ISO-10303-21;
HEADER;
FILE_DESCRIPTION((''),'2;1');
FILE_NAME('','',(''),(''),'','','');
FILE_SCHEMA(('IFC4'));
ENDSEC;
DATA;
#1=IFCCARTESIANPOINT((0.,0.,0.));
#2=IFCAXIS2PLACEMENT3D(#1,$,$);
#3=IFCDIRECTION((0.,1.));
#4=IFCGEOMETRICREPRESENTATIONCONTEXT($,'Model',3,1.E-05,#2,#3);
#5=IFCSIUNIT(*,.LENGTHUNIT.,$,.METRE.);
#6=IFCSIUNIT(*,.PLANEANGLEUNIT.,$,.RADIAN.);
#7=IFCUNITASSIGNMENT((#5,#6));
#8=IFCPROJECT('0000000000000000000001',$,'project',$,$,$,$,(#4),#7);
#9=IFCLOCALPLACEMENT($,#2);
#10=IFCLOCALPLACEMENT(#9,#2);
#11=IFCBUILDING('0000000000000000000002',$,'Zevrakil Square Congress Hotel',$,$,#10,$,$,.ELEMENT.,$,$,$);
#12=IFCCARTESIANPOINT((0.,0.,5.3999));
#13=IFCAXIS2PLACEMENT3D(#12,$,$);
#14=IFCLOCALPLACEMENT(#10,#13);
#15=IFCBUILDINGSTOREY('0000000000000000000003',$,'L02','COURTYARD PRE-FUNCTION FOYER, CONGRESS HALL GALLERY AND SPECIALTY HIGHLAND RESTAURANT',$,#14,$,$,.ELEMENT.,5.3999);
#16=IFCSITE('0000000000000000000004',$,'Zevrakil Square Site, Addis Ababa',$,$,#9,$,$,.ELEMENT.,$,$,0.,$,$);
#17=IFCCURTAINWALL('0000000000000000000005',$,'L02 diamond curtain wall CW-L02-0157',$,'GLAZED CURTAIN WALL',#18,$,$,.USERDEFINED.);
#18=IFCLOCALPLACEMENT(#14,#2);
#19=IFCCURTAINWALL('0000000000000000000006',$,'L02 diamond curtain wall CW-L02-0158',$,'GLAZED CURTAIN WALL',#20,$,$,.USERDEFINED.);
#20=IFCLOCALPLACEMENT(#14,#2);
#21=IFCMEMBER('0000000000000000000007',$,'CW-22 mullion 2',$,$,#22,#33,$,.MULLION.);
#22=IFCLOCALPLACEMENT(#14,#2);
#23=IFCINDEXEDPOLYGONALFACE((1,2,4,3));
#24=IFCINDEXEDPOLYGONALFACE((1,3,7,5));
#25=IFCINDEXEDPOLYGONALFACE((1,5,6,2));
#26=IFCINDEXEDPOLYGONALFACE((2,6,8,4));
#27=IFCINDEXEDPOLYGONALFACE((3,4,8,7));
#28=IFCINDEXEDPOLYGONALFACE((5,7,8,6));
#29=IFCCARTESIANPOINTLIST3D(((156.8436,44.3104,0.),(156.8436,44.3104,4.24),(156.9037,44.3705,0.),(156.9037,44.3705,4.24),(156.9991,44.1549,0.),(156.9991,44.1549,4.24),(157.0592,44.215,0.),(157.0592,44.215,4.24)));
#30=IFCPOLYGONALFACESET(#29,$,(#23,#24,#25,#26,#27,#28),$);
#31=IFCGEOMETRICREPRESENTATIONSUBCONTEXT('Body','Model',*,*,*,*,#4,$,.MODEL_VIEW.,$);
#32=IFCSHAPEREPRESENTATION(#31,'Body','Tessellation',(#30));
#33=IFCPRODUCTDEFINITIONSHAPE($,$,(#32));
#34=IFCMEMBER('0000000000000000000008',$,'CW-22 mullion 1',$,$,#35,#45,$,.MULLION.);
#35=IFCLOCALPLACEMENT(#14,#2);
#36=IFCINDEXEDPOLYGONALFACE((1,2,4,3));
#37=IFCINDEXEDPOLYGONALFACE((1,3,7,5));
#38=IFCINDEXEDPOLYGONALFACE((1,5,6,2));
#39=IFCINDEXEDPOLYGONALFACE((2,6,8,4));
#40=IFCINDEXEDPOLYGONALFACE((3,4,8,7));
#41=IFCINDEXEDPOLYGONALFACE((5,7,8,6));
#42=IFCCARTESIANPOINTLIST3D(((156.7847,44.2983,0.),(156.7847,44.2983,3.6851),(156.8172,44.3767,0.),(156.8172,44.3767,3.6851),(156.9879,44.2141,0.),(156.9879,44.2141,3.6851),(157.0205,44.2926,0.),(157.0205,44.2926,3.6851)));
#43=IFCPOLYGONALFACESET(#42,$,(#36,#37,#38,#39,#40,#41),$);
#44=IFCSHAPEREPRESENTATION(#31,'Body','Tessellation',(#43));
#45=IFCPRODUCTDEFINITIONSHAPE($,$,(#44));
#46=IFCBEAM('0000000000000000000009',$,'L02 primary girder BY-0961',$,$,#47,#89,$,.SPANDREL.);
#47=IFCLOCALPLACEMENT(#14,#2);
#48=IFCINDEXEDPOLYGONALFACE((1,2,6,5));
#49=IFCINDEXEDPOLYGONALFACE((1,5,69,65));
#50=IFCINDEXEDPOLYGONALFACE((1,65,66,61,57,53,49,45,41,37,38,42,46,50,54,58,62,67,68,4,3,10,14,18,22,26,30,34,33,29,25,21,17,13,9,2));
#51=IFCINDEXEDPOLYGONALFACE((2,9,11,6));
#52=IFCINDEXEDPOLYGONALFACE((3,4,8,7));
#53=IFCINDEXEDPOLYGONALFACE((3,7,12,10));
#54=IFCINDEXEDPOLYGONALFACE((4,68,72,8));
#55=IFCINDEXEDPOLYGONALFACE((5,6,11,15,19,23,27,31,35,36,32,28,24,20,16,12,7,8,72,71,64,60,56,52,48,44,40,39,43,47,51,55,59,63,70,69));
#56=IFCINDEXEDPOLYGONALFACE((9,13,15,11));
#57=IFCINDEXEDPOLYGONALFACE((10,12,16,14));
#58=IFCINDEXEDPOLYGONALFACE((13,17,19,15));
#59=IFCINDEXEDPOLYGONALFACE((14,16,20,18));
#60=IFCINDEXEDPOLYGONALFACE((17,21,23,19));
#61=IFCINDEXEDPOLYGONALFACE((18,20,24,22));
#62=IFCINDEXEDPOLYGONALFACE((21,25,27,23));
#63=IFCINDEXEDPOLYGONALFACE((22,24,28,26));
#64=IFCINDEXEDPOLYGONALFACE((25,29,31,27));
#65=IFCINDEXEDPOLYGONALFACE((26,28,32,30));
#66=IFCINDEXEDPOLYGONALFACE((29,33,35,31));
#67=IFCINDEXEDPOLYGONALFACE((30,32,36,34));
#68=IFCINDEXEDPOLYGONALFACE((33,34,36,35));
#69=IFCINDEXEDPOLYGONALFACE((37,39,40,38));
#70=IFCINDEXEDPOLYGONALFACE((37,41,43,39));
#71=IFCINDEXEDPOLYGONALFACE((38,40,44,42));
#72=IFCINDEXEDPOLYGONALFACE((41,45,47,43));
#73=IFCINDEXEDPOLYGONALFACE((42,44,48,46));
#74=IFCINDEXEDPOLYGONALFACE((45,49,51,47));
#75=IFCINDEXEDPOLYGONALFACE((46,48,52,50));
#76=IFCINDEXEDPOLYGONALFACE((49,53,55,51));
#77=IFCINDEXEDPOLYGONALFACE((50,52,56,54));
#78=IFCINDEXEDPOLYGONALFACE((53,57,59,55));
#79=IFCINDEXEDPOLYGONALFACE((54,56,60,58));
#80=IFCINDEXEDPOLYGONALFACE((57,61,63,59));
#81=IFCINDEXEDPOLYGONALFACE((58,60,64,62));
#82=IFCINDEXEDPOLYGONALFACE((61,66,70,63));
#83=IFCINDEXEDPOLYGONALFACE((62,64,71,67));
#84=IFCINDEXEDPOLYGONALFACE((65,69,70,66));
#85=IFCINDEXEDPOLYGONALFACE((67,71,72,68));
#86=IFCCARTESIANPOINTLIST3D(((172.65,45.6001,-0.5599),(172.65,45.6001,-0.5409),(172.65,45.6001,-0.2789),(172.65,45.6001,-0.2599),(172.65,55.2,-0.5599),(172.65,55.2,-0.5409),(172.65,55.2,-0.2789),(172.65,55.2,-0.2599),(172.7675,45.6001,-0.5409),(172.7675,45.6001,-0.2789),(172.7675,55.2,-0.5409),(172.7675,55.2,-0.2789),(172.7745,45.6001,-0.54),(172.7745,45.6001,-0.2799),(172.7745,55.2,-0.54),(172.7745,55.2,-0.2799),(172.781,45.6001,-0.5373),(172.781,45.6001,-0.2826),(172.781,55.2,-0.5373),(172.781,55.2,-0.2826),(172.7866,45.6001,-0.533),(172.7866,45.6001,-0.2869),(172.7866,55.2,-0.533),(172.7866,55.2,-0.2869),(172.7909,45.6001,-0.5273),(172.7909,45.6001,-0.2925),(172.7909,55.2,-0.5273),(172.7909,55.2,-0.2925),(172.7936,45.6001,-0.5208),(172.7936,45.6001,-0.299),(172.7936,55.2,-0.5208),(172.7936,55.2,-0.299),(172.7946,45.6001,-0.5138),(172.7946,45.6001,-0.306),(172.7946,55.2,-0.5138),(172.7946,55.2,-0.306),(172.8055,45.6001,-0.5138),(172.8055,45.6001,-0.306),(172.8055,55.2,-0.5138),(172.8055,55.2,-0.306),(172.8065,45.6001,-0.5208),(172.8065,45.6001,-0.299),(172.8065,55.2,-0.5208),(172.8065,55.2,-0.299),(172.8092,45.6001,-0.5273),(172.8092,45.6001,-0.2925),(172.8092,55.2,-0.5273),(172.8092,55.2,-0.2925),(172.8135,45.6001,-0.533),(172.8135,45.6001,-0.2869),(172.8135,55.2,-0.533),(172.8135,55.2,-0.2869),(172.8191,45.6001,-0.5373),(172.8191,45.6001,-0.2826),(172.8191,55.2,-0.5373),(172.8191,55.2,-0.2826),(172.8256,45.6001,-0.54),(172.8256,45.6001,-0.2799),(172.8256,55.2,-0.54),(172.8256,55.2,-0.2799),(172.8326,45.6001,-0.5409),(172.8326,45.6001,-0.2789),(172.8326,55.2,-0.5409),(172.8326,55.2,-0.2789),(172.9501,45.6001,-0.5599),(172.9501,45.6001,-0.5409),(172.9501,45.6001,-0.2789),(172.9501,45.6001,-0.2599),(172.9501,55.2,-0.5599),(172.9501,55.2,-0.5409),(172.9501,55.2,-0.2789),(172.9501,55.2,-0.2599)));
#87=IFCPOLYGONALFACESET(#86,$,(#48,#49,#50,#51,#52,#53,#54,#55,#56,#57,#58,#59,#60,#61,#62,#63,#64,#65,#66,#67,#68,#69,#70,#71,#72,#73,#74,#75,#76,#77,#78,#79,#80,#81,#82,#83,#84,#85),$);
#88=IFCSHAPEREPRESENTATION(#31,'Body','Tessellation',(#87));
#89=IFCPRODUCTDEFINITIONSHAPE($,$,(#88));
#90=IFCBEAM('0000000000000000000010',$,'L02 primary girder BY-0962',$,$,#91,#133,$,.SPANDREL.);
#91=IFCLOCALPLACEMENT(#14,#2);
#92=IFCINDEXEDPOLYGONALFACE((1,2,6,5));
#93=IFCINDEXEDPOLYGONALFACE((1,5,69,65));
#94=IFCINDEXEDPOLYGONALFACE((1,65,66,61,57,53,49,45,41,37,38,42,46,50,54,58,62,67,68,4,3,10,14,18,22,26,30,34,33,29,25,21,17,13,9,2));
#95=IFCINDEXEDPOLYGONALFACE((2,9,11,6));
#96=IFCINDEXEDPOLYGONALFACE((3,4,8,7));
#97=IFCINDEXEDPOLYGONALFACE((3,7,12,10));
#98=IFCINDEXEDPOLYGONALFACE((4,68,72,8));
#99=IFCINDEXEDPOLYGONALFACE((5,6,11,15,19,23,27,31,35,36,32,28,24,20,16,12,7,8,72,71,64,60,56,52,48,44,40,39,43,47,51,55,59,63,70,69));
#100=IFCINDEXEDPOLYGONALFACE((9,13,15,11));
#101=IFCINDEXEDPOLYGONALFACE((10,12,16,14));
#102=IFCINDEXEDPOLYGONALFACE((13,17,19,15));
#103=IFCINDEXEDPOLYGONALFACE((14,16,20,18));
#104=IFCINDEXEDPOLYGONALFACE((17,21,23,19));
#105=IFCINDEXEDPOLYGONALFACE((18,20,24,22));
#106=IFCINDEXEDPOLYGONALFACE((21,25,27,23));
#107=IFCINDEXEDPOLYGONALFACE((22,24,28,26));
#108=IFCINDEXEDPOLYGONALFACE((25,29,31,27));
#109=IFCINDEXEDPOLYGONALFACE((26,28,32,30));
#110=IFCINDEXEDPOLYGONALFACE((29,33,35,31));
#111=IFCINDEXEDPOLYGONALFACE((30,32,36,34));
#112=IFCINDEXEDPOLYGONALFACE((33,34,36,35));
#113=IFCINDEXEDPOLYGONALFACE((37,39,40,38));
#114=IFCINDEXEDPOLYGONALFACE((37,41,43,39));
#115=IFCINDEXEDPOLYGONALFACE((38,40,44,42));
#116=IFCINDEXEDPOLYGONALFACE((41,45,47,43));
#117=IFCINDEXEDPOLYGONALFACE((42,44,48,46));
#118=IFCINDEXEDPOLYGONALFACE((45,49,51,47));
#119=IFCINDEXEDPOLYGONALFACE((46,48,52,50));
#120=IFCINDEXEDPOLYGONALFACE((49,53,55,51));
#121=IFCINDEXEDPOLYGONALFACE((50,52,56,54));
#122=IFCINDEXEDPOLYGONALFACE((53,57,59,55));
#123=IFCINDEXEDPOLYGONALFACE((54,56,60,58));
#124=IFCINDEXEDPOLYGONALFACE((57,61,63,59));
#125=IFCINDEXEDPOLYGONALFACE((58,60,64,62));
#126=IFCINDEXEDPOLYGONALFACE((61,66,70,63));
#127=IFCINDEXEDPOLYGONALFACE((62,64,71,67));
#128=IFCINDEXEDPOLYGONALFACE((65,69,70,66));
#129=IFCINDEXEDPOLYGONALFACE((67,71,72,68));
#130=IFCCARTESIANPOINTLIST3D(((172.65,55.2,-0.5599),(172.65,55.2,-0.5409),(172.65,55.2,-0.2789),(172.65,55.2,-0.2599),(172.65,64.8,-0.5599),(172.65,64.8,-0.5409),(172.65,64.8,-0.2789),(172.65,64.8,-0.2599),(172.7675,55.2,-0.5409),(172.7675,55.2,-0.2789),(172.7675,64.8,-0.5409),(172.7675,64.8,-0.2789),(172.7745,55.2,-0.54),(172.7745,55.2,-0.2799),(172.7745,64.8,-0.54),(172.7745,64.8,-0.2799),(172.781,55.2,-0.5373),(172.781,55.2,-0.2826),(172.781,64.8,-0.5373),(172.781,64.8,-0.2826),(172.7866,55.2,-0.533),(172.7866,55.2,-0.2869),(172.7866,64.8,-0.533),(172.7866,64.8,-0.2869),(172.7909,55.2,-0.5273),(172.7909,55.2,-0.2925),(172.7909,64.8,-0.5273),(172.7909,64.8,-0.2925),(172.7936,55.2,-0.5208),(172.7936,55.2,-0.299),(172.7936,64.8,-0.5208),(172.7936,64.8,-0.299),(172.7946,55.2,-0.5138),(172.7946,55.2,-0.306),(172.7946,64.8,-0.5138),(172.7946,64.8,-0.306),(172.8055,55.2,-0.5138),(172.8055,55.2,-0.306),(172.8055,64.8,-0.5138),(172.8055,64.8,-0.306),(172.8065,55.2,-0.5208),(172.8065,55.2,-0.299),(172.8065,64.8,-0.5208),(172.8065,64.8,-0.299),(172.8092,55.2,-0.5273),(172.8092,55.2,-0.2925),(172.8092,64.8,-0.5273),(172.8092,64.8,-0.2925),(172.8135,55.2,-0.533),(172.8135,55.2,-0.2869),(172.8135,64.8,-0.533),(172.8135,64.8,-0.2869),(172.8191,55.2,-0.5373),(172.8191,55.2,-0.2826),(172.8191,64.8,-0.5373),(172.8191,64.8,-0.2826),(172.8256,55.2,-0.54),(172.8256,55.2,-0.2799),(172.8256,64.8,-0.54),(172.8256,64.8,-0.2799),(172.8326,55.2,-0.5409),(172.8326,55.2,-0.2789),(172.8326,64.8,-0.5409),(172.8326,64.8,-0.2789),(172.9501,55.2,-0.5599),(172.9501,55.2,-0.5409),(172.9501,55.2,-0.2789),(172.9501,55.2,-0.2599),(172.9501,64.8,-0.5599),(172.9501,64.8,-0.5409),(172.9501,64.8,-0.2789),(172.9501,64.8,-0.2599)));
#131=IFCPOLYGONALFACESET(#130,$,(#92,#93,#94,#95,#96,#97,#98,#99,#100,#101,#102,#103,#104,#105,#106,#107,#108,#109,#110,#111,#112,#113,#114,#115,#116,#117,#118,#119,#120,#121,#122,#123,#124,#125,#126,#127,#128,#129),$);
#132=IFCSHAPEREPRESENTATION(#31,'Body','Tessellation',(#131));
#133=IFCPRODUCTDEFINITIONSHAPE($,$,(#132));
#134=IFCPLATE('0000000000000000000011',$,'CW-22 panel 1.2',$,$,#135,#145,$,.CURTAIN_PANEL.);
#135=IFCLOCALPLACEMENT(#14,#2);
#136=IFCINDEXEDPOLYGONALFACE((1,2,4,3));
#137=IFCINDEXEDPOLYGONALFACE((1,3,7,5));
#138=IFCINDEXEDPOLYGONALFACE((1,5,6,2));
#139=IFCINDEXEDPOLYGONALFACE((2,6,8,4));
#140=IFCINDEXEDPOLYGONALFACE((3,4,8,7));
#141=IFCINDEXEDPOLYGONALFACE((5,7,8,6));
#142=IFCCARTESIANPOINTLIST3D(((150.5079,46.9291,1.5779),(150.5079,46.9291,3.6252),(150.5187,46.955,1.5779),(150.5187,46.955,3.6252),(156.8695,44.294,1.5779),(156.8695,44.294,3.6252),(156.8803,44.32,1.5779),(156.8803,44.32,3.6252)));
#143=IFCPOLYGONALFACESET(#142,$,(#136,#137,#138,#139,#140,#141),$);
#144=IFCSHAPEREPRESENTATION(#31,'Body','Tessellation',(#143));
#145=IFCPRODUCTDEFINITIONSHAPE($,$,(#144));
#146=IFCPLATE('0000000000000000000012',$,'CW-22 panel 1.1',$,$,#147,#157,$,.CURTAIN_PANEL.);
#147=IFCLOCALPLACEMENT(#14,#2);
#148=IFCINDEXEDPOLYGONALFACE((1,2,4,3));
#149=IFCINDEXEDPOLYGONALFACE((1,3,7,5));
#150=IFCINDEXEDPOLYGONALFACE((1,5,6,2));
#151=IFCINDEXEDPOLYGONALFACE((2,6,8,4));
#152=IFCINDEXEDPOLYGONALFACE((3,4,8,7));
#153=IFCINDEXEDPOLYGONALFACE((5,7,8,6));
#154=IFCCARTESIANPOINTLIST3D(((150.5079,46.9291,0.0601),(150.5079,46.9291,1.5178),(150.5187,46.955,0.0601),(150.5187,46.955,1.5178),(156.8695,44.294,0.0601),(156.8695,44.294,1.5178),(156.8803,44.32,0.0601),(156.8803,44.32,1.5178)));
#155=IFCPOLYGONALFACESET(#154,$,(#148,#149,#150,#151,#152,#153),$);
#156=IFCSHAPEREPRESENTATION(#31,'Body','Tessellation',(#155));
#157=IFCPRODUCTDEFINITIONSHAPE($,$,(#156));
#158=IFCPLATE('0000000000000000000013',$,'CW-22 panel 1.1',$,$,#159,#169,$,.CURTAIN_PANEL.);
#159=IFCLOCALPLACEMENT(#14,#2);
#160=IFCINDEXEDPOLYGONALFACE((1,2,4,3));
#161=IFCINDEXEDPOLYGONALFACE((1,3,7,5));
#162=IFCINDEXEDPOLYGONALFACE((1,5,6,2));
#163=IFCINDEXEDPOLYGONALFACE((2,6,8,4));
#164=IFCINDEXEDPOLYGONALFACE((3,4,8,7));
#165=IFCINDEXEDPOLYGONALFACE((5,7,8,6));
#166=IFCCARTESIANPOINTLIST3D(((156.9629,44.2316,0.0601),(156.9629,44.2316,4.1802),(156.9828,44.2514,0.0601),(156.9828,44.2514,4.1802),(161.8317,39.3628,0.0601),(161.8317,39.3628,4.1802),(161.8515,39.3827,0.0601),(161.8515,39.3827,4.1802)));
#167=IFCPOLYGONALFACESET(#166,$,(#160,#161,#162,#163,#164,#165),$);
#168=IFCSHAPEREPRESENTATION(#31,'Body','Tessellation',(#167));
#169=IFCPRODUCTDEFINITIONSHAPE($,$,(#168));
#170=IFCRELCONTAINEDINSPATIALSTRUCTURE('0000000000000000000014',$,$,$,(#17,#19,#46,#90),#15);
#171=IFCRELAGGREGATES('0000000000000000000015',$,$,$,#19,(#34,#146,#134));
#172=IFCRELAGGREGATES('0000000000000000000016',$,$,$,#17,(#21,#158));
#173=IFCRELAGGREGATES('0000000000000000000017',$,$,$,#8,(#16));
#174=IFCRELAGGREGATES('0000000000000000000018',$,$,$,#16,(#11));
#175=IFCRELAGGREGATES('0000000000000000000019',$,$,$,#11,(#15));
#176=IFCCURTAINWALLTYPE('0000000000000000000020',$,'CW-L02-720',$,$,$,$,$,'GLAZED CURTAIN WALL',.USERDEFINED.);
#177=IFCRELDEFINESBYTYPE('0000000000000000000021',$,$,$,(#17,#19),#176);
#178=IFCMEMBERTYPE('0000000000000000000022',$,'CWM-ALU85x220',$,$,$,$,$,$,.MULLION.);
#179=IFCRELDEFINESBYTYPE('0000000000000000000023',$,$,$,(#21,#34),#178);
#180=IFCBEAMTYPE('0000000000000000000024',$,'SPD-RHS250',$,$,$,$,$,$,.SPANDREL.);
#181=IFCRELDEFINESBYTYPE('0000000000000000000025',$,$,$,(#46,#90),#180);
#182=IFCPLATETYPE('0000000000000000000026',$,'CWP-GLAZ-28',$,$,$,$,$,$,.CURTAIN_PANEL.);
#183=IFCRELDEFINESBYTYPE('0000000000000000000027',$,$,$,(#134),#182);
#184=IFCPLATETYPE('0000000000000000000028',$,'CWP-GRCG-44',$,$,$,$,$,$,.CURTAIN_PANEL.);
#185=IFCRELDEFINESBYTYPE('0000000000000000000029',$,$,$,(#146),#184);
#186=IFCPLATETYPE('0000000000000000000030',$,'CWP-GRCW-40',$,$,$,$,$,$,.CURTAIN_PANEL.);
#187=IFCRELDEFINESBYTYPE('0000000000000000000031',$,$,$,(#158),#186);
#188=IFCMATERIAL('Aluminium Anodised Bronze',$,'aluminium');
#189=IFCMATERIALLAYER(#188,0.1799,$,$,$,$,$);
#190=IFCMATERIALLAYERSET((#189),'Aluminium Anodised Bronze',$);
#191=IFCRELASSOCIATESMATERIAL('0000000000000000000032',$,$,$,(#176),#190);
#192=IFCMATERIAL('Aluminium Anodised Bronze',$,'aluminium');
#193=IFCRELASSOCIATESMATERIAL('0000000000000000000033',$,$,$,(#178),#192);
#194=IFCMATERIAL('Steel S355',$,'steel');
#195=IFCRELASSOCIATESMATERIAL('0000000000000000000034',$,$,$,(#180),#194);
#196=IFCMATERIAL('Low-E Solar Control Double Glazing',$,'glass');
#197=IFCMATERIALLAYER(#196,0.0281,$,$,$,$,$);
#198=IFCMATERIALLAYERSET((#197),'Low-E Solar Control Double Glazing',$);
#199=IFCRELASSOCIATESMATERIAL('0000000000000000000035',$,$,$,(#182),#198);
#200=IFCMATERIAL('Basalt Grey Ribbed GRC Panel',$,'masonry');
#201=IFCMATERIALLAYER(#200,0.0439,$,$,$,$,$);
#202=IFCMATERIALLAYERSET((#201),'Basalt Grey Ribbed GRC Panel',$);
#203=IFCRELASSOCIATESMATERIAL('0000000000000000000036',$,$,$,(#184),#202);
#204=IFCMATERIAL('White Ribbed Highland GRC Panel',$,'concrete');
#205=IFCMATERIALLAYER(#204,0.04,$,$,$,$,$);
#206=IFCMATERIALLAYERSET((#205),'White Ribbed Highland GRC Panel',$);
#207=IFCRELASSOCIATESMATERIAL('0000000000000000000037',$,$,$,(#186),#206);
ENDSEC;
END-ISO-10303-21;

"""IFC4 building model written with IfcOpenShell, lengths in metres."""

from ifc_helpers import new_model, si_unit, direction, frame, origin, origin_2d, place, context, subcontext, project, spatial, rectangle, i_section, extrude, material, layer, layer_set, material_profile, profile_set, type_object, element, aggregate, save


model = new_model("IFC4")

# Units and contexts
model_context = context("Model", 3, precision=1e-05, world=origin(), true_north=direction((0.0, 1.0)))
body_context = subcontext(model_context, "Body", "Model", "MODEL_VIEW")
ifc_project = project(units=[si_unit("LENGTHUNIT", "METRE"), si_unit("PLANEANGLEUNIT", "RADIAN")], contexts=[model_context])

# Site, building, storey
site_placement = place(None, origin())
site = spatial("IfcSite", under=ifc_project, at=site_placement, Name="Zevrakil Square Site, Addis Ababa", CompositionType="ELEMENT", RefElevation=0.0)
building_placement = place(site_placement, origin())
building = spatial("IfcBuilding", under=site, at=building_placement, Name="Zevrakil Square Congress Hotel", CompositionType="ELEMENT")
storey_placement = place(building_placement, frame((0.0, 0.0, 5.3999)))
storey = spatial("IfcBuildingStorey", under=building, at=storey_placement, Name="L02", Description="COURTYARD PRE-FUNCTION FOYER, CONGRESS HALL GALLERY AND SPECIALTY HIGHLAND RESTAURANT", CompositionType="ELEMENT", Elevation=5.3999)

# Curtain walls
ifc_material_1 = material(Name="Aluminium Anodised Bronze", Category="aluminium")
ifc_layer_1 = layer(ifc_material_1, 0.1799)
ifc_layer_set_1 = layer_set([ifc_layer_1], Name="Aluminium Anodised Bronze")
curtain_wall_type = type_object("IfcCurtainWallType", Name="CW-L02-720", ElementType="GLAZED CURTAIN WALL", PredefinedType="USERDEFINED", material=ifc_layer_set_1)
curtain_wall_1_placement = place(storey_placement, origin())
curtain_wall_1 = element("IfcCurtainWall", 1, at=curtain_wall_1_placement, inside=storey, type_object=curtain_wall_type, Name="L02 diamond curtain wall CW-L02-0157", ObjectType="GLAZED CURTAIN WALL", PredefinedType="USERDEFINED")
curtain_wall_2_placement = place(storey_placement, origin())
curtain_wall_2 = element("IfcCurtainWall", 2, at=curtain_wall_2_placement, inside=storey, type_object=curtain_wall_type, Name="L02 diamond curtain wall CW-L02-0158", ObjectType="GLAZED CURTAIN WALL", PredefinedType="USERDEFINED")

# Members
ifc_material_2 = material(Name="Aluminium Anodised Bronze", Category="aluminium")
ifc_material_profile_1 = material_profile(ifc_material_2, rectangle(XDim=0.085, YDim=0.22, at=origin_2d()), Name="ALU 85x220")
ifc_profile_set_1 = profile_set([ifc_material_profile_1], Name="Aluminium Anodised Bronze")
member_type_1 = type_object("IfcMemberType", Name="CWM-ALU85x220", PredefinedType="MULLION", material=ifc_profile_set_1)
member_1_placement = place(storey_placement, frame((156.9514, 44.2627, 0.0), z_axis=(0.0, 0.0, 1.0), x_axis=(-0.707107, -0.707107, 0.0)))
member_1 = element("IfcMember", 3, at=member_1_placement, type_object=member_type_1, Name="CW-22 mullion 2", PredefinedType="MULLION", context=body_context, shape_type="SweptSolid", body=[
    extrude(rectangle(XDim=0.085, YDim=0.22, at=origin_2d()), origin(), (0.0, 0.0, 1.0), 4.24),
])
member_2_placement = place(storey_placement, frame((156.9026, 44.2954, 0.0), z_axis=(0.0, 0.0, 1.0), x_axis=(-0.382684, -0.923879, 0.0)))
member_2 = element("IfcMember", 4, at=member_2_placement, type_object=member_type_1, Name="CW-22 mullion 1", PredefinedType="MULLION", context=body_context, shape_type="SweptSolid", body=[
    extrude(rectangle(XDim=0.085, YDim=0.22, at=origin_2d()), origin(), (0.0, 0.0, 1.0), 3.6851),
])

# Beams
ifc_material_3 = material(Name="Steel S355", Category="steel")
ifc_material_profile_2 = material_profile(ifc_material_3, i_section(OverallWidth=0.3, OverallDepth=0.3, WebThickness=0.011, FlangeThickness=0.019, FilletRadius=0.0271, at=origin_2d()), Name="HEB 300")
ifc_profile_set_2 = profile_set([ifc_material_profile_2], Name="Steel S355")
beam_type = type_object("IfcBeamType", Name="SPD-RHS250", PredefinedType="SPANDREL", material=ifc_profile_set_2)
beam_1_placement = place(storey_placement, frame((172.8, 45.6001, -0.4099), z_axis=(0.0, 1.0, 0.0), x_axis=(-1.0, 0.0, 0.0)))
element("IfcBeam", 5, at=beam_1_placement, inside=storey, type_object=beam_type, Name="L02 primary girder BY-0961", PredefinedType="SPANDREL", context=body_context, shape_type="SweptSolid", body=[
    extrude(i_section(OverallWidth=0.3, OverallDepth=0.3, WebThickness=0.011, FlangeThickness=0.019, FilletRadius=0.0271, at=origin_2d()), origin(), (0.0, 0.0, 1.0), 9.5999),
])
beam_2_placement = place(storey_placement, frame((172.8, 55.2, -0.4099), z_axis=(0.0, 1.0, 0.0), x_axis=(-1.0, 0.0, 0.0)))
element("IfcBeam", 6, at=beam_2_placement, inside=storey, type_object=beam_type, Name="L02 primary girder BY-0962", PredefinedType="SPANDREL", context=body_context, shape_type="SweptSolid", body=[
    extrude(i_section(OverallWidth=0.3, OverallDepth=0.3, WebThickness=0.011, FlangeThickness=0.019, FilletRadius=0.0271, at=origin_2d()), origin(), (0.0, 0.0, 1.0), 9.6001),
])

# Plates
ifc_material_4 = material(Name="Low-E Solar Control Double Glazing", Category="glass")
ifc_layer_2 = layer(ifc_material_4, 0.0281)
ifc_layer_set_2 = layer_set([ifc_layer_2], Name="Low-E Solar Control Double Glazing")
plate_type_1 = type_object("IfcPlateType", Name="CWP-GLAZ-28", PredefinedType="CURTAIN_PANEL", material=ifc_layer_set_2)
plate_1_placement = place(storey_placement, frame((153.6941, 45.6245, 1.5779), z_axis=(0.0, 0.0, 1.0), x_axis=(-0.923879, 0.382684, 0.0)))
plate_1 = element("IfcPlate", 7, at=plate_1_placement, type_object=plate_type_1, Name="CW-22 panel 1.2", PredefinedType="CURTAIN_PANEL", context=body_context, shape_type="SweptSolid", body=[
    extrude(rectangle(XDim=6.8857, YDim=0.0281, at=origin_2d()), origin(), (0.0, 0.0, 1.0), 2.0474),
])
ifc_material_5 = material(Name="Basalt Grey Ribbed GRC Panel", Category="masonry")
ifc_layer_3 = layer(ifc_material_5, 0.0439)
ifc_layer_set_3 = layer_set([ifc_layer_3], Name="Basalt Grey Ribbed GRC Panel")
plate_type_2 = type_object("IfcPlateType", Name="CWP-GRCG-44", PredefinedType="CURTAIN_PANEL", material=ifc_layer_set_3)
plate_2_placement = place(storey_placement, frame((153.6941, 45.6245, 0.0601), z_axis=(0.0, 0.0, 1.0), x_axis=(-0.923879, 0.382684, 0.0)))
plate_2 = element("IfcPlate", 8, at=plate_2_placement, type_object=plate_type_2, Name="CW-22 panel 1.1", PredefinedType="CURTAIN_PANEL", context=body_context, shape_type="SweptSolid", body=[
    extrude(rectangle(XDim=6.8857, YDim=0.0281, at=origin_2d()), origin(), (0.0, 0.0, 1.0), 1.4578),
])
aggregate(curtain_wall_2, [member_2, plate_2, plate_1])
ifc_material_6 = material(Name="White Ribbed Highland GRC Panel", Category="concrete")
ifc_layer_4 = layer(ifc_material_6, 0.04)
ifc_layer_set_4 = layer_set([ifc_layer_4], Name="White Ribbed Highland GRC Panel")
plate_type_3 = type_object("IfcPlateType", Name="CWP-GRCW-40", PredefinedType="CURTAIN_PANEL", material=ifc_layer_set_4)
plate_3_placement = place(storey_placement, frame((159.4072, 41.8071, 0.0601), z_axis=(0.0, 0.0, 1.0), x_axis=(-0.707107, 0.707107, 0.0)))
plate_3 = element("IfcPlate", 9, at=plate_3_placement, type_object=plate_type_3, Name="CW-22 panel 1.1", PredefinedType="CURTAIN_PANEL", context=body_context, shape_type="SweptSolid", body=[
    extrude(rectangle(XDim=6.8855, YDim=0.0281, at=origin_2d()), origin(), (0.0, 0.0, 1.0), 4.1201),
])
aggregate(curtain_wall_1, [member_1, plate_3])

save(model, "model.ifc")
